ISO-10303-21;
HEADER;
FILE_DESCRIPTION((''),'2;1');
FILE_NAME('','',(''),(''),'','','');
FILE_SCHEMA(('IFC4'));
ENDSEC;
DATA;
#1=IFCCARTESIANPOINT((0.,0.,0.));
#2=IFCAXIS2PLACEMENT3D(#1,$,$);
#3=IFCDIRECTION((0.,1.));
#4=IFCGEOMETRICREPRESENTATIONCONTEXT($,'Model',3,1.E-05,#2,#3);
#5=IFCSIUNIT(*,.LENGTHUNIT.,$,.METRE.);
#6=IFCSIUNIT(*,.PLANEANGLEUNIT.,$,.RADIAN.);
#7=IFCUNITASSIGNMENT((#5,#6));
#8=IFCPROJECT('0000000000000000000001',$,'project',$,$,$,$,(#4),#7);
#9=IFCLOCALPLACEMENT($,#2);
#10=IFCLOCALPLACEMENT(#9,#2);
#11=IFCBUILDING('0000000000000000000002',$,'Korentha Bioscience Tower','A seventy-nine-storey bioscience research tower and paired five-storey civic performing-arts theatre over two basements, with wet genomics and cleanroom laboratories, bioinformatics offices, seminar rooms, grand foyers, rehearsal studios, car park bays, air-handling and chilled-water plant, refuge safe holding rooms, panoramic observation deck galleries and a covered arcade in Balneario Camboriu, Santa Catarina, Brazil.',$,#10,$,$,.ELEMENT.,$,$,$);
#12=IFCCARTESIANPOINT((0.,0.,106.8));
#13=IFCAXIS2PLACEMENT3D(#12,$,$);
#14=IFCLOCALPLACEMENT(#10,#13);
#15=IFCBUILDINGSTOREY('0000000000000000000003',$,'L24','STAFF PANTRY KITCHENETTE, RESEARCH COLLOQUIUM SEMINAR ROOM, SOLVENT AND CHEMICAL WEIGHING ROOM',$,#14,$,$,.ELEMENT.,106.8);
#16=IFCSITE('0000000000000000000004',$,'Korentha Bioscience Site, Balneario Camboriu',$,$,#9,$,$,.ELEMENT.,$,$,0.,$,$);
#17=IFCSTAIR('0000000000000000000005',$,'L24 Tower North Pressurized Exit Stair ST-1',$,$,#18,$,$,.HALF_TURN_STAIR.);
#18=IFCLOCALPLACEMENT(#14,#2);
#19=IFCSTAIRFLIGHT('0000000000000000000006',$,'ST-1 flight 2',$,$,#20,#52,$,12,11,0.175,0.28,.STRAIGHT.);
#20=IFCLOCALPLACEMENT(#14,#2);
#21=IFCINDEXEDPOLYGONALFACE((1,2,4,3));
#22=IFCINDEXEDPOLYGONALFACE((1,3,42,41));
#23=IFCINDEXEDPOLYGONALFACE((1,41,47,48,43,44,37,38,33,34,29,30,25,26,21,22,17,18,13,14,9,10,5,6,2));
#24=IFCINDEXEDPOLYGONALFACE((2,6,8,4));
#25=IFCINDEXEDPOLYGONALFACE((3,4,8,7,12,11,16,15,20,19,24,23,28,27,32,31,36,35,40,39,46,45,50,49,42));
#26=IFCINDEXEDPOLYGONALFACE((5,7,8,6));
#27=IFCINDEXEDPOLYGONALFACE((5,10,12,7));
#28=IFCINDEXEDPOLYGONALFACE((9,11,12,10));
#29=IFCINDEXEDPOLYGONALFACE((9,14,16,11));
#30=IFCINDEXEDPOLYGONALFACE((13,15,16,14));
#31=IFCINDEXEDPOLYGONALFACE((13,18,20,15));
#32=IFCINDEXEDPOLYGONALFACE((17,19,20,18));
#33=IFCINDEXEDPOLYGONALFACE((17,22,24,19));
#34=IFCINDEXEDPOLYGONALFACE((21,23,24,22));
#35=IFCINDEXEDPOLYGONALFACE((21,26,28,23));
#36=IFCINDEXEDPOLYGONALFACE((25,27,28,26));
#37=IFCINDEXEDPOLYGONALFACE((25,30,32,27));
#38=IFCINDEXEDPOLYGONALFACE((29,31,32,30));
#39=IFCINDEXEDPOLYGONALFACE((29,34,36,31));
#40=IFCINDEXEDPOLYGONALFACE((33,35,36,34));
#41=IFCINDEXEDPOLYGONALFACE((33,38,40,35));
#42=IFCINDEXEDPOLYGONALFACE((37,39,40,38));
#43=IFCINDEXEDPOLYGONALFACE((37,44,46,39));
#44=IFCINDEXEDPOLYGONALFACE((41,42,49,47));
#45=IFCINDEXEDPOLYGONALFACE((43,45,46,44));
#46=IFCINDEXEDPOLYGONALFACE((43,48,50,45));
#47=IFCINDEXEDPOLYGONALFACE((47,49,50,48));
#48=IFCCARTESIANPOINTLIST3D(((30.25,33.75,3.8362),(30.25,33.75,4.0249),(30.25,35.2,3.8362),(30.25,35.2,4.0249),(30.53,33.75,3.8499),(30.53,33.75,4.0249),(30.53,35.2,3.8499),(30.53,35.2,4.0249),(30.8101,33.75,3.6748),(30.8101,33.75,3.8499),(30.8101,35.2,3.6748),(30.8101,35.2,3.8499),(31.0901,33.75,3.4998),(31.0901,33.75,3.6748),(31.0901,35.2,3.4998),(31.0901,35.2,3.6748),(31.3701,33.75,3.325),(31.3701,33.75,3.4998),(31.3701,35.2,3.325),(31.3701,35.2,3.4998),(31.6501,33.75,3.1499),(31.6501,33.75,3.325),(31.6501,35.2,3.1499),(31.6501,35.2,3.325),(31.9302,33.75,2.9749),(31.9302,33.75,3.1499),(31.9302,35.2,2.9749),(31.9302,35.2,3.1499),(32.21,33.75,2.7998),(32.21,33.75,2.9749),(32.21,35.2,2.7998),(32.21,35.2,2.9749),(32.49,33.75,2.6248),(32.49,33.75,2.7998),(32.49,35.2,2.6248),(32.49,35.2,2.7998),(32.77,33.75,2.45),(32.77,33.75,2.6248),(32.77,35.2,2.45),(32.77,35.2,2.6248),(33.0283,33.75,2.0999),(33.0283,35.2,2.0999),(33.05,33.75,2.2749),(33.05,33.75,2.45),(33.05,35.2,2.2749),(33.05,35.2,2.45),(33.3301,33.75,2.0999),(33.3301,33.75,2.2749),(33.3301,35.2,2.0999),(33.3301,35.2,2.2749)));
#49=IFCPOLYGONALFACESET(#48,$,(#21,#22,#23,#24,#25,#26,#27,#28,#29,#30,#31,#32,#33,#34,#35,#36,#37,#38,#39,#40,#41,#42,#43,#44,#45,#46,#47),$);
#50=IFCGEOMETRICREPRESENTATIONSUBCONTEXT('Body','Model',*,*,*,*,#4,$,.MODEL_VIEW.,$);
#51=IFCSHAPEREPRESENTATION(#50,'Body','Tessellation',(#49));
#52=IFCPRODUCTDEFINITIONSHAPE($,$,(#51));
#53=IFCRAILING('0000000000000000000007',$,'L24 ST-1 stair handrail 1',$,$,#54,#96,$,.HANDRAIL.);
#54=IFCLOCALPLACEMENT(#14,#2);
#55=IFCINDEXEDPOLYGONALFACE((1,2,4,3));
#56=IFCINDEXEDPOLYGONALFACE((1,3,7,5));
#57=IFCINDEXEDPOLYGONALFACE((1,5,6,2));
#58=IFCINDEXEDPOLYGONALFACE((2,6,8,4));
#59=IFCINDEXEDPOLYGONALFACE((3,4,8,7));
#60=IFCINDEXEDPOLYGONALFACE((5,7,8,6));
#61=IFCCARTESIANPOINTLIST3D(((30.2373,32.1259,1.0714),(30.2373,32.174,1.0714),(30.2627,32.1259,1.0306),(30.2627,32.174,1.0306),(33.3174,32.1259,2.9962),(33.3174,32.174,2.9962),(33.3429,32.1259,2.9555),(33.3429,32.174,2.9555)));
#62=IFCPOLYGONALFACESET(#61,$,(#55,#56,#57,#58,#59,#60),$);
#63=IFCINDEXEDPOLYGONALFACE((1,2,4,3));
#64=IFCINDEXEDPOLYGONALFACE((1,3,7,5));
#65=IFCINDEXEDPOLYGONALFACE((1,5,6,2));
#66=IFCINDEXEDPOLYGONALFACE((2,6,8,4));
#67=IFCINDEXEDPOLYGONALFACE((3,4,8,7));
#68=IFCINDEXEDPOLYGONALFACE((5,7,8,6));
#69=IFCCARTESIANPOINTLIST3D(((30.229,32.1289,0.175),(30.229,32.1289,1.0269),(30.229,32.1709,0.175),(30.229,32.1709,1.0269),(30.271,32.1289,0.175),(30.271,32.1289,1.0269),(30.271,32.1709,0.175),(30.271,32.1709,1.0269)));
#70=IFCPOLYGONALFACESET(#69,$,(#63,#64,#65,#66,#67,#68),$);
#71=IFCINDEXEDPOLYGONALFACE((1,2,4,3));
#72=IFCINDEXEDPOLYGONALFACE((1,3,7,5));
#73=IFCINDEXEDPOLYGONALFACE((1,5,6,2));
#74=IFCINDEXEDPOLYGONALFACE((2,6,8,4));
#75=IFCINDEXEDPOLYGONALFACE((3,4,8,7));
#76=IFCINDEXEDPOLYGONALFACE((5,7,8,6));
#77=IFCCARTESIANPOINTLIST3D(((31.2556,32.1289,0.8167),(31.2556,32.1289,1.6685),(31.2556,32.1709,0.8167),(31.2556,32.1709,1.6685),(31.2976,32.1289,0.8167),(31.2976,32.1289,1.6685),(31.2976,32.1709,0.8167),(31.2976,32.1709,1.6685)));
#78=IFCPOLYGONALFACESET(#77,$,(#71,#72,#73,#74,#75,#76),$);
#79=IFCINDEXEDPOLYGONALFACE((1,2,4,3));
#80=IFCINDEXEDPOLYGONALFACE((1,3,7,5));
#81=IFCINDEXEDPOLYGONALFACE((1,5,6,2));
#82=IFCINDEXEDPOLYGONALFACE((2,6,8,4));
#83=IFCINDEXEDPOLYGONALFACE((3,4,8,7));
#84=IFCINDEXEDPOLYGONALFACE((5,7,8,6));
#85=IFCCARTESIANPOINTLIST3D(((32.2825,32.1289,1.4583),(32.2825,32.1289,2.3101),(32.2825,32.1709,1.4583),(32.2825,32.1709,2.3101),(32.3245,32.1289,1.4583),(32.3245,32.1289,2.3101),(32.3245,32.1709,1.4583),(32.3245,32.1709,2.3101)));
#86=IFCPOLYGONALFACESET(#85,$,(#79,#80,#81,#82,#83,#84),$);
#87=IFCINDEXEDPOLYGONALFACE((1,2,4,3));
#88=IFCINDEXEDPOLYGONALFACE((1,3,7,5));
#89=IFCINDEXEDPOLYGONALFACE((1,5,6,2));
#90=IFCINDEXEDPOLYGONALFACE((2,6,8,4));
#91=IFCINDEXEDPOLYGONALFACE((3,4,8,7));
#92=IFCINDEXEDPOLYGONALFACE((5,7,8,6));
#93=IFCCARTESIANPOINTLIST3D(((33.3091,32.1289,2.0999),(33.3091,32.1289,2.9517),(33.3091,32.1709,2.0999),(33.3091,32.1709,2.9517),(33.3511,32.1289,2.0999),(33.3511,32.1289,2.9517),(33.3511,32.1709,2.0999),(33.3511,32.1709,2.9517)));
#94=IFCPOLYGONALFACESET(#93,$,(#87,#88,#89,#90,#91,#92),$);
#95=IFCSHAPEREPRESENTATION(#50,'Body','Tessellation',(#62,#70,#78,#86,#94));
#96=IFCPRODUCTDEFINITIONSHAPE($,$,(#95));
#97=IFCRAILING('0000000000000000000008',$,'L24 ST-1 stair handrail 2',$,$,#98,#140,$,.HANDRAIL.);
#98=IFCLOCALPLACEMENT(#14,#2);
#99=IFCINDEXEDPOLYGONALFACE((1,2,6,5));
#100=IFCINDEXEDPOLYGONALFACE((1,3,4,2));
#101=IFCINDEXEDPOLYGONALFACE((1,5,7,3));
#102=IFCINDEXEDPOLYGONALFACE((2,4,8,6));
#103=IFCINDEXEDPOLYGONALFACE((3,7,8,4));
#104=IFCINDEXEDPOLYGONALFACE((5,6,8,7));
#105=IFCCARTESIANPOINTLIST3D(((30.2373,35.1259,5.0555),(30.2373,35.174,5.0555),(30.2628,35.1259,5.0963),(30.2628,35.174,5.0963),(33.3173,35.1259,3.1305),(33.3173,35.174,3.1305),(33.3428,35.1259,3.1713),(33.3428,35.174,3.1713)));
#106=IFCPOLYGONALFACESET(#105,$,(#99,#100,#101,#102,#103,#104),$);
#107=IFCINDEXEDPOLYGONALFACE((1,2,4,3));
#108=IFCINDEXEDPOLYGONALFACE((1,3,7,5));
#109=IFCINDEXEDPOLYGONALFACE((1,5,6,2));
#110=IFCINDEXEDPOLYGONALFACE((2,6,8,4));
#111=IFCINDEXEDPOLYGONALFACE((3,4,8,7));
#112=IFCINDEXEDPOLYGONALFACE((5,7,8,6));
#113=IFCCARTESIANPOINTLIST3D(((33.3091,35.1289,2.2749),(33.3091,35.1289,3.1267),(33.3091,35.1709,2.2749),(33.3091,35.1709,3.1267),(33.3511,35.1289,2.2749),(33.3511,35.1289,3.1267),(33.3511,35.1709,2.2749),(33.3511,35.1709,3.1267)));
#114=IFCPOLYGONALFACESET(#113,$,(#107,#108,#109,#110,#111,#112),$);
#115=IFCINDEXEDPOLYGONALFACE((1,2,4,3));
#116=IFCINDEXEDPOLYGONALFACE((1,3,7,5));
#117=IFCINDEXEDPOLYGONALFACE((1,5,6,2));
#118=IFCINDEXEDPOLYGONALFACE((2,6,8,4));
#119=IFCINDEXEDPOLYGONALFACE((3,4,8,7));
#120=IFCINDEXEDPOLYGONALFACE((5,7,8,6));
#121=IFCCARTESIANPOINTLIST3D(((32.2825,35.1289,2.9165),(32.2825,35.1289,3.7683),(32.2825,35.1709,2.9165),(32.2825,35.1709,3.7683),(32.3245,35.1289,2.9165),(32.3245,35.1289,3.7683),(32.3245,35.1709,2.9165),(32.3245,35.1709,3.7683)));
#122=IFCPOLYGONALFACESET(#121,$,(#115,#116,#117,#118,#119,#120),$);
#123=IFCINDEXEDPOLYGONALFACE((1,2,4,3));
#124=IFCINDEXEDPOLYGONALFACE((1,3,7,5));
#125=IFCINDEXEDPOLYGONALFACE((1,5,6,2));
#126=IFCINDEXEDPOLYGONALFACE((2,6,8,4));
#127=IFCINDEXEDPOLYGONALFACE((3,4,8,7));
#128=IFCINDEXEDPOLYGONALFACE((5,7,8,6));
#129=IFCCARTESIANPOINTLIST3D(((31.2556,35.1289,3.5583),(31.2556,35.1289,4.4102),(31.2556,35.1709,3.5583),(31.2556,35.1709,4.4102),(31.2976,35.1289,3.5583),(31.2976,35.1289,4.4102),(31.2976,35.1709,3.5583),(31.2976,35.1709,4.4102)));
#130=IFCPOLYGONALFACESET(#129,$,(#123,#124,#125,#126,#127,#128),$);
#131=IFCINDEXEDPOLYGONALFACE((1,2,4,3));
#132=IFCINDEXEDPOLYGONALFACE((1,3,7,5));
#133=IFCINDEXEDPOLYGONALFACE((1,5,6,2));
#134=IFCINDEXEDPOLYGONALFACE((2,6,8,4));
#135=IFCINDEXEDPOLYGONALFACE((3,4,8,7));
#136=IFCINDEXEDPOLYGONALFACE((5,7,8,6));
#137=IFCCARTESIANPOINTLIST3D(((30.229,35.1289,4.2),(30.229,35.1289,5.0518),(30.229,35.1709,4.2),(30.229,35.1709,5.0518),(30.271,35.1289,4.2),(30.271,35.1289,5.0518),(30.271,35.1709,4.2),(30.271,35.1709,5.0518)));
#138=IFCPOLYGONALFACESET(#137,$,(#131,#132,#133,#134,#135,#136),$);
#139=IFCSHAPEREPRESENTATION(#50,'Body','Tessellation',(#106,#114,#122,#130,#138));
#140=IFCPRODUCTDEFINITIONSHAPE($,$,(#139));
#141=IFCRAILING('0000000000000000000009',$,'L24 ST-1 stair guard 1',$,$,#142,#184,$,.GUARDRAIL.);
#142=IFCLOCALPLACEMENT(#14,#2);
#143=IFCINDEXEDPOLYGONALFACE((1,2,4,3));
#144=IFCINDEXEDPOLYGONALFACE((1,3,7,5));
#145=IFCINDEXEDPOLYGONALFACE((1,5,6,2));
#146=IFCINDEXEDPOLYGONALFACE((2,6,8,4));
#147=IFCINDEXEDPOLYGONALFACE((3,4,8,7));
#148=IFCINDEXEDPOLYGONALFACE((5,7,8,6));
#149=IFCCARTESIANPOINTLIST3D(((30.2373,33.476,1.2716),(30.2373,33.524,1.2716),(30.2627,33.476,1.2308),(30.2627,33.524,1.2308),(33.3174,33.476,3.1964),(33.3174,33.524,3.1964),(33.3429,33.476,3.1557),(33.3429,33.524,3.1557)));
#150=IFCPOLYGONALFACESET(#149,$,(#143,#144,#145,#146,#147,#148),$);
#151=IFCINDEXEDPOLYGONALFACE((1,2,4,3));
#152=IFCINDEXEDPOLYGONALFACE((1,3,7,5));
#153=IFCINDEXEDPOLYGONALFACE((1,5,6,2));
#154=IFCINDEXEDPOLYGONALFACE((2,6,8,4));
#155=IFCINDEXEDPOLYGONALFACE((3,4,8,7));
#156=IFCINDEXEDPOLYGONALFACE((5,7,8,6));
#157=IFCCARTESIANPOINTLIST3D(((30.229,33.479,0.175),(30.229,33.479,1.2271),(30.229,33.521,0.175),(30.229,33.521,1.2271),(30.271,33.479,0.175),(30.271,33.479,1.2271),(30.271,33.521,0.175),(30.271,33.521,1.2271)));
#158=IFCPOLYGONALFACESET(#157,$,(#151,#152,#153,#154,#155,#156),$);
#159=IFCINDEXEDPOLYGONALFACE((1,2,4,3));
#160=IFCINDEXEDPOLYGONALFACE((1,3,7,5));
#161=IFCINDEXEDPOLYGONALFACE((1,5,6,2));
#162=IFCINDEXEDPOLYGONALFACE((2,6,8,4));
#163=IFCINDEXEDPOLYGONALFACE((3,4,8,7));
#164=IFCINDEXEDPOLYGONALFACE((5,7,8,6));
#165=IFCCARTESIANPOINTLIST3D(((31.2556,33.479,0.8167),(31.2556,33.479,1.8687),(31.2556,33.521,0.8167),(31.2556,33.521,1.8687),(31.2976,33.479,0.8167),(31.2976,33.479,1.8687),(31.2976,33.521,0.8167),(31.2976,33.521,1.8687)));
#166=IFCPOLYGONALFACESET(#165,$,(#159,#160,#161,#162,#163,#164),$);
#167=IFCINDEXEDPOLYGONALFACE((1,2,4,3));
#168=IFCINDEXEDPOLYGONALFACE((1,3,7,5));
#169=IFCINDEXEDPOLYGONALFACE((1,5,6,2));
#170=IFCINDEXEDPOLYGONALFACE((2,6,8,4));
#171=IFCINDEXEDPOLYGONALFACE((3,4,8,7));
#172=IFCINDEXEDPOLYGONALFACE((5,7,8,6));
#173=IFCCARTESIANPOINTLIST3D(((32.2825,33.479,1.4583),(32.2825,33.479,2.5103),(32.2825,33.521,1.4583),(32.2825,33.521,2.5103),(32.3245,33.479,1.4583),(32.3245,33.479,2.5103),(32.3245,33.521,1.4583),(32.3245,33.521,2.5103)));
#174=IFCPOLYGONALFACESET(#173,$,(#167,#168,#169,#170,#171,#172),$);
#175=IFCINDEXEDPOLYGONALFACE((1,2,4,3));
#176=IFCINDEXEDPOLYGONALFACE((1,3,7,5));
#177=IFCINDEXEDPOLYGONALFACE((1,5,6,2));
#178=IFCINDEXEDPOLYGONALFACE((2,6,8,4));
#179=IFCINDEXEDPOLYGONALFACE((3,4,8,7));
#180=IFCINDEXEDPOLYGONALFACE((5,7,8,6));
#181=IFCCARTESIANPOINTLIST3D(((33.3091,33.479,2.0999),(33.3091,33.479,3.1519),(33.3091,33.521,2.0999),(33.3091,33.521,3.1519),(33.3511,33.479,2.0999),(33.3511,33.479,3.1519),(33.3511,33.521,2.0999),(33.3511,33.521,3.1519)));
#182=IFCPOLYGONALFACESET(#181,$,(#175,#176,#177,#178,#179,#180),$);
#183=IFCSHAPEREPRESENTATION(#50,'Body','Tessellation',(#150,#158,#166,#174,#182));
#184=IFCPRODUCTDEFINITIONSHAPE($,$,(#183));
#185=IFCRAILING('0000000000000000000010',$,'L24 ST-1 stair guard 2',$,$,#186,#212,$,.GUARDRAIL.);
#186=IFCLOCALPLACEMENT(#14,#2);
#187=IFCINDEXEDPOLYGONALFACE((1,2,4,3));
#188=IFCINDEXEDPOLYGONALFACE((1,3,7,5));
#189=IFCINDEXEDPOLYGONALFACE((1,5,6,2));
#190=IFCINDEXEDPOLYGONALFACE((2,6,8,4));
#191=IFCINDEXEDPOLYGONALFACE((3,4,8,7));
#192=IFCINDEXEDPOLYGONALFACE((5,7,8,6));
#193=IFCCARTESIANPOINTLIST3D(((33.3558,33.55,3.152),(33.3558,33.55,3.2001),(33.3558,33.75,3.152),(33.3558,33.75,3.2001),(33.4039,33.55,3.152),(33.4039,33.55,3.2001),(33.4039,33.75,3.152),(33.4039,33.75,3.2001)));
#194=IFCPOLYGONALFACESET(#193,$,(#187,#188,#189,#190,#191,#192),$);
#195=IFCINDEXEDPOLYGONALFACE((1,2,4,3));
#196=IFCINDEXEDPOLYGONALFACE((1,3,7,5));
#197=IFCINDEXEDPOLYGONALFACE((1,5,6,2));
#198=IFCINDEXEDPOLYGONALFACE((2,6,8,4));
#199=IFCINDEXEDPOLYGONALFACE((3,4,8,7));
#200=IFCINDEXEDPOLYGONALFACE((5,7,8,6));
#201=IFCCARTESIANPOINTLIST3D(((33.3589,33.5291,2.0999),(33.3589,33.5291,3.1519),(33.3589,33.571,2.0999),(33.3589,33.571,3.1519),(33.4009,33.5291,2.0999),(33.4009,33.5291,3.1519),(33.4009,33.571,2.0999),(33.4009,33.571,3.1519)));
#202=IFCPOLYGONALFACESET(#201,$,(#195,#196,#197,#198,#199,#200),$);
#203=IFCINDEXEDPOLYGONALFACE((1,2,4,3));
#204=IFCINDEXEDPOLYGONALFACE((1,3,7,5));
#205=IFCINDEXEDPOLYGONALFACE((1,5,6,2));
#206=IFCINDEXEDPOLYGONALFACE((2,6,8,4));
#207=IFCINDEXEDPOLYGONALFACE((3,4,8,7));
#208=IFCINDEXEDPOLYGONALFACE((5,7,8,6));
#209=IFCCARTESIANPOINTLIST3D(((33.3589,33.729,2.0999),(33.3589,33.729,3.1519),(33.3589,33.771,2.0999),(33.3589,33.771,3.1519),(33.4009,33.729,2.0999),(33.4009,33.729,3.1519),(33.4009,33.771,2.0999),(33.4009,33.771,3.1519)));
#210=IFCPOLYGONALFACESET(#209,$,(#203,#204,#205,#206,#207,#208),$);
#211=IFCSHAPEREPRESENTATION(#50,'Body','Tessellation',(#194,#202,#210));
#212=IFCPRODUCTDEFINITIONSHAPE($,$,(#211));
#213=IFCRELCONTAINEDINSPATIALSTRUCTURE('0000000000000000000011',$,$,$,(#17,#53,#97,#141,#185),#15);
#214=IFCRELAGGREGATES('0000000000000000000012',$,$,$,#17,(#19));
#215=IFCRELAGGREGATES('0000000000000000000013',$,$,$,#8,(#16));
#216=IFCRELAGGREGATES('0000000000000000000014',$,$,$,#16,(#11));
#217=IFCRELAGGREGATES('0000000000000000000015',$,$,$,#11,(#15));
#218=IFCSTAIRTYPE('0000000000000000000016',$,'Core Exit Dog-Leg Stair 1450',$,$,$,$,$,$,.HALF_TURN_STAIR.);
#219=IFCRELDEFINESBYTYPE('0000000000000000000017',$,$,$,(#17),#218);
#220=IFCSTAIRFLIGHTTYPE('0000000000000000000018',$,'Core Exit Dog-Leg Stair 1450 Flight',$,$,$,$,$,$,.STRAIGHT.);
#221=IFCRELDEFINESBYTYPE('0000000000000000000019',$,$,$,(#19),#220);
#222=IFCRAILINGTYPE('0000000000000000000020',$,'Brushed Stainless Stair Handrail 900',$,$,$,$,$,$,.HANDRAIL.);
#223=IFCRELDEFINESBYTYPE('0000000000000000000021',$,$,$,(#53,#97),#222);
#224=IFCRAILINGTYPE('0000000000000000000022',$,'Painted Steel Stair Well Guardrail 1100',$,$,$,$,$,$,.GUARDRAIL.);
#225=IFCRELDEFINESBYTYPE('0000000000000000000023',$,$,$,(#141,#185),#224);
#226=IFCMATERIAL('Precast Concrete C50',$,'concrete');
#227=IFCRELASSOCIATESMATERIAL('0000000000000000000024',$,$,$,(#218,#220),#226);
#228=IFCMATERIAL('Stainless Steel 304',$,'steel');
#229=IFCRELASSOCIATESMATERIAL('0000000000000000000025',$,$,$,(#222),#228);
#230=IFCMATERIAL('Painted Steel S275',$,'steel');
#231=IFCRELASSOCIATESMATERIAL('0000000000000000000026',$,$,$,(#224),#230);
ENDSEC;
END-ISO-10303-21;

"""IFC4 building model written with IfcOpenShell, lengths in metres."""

from ifc_helpers import new_model, si_unit, direction, frame, origin, origin_2d, place, context, subcontext, project, spatial, polyline, rectangle, outline, extrude, material, type_object, element, aggregate, save


model = new_model("IFC4")

# Units and contexts
model_context = context("Model", 3, precision=1e-05, world=origin(), true_north=direction((0.0, 1.0)))
body_context = subcontext(model_context, "Body", "Model", "MODEL_VIEW")
ifc_project = project(units=[si_unit("LENGTHUNIT", "METRE"), si_unit("PLANEANGLEUNIT", "RADIAN")], contexts=[model_context])

# Site, building, storey
site_placement = place(None, origin())
site = spatial("IfcSite", under=ifc_project, at=site_placement, Name="Korentha Bioscience Site, Balneario Camboriu", CompositionType="ELEMENT", RefElevation=0.0)
building_placement = place(site_placement, origin())
building = spatial("IfcBuilding", under=site, at=building_placement, Name="Korentha Bioscience Tower", Description="A seventy-nine-storey bioscience research tower and paired five-storey civic performing-arts theatre over two basements, with wet genomics and cleanroom laboratories, bioinformatics offices, seminar rooms, grand foyers, rehearsal studios, car park bays, air-handling and chilled-water plant, refuge safe holding rooms, panoramic observation deck galleries and a covered arcade in Balneario Camboriu, Santa Catarina, Brazil.", CompositionType="ELEMENT")
storey_placement = place(building_placement, frame((0.0, 0.0, 106.8)))
storey = spatial("IfcBuildingStorey", under=building, at=storey_placement, Name="L24", Description="STAFF PANTRY KITCHENETTE, RESEARCH COLLOQUIUM SEMINAR ROOM, SOLVENT AND CHEMICAL WEIGHING ROOM", CompositionType="ELEMENT", Elevation=106.8)

# Stair, stair flight
ifc_material_1 = material(Name="Precast Concrete C50", Category="concrete")
stair_type = type_object("IfcStairType", Name="Core Exit Dog-Leg Stair 1450", PredefinedType="HALF_TURN_STAIR", material=ifc_material_1)
stair_placement = place(storey_placement, origin())
stair = element("IfcStair", 1, at=stair_placement, inside=storey, type_object=stair_type, Name="L24 Tower North Pressurized Exit Stair ST-1", PredefinedType="HALF_TURN_STAIR")
stair_flight_type = type_object("IfcStairFlightType", Name="Core Exit Dog-Leg Stair 1450 Flight", PredefinedType="STRAIGHT", material=ifc_material_1)
stair_flight_1_placement = place(storey_placement, frame((33.3301, 34.4751, 2.0999), z_axis=(0.0, 0.0, 1.0), x_axis=(-1.0, 0.0, 0.0)))
stair_flight_1 = element("IfcStairFlight", 2, at=stair_flight_1_placement, type_object=stair_flight_type, Name="ST-1 flight 2", NumberOfRisers=12, NumberOfTreads=11, PredefinedType="STRAIGHT", RiserHeight=0.175, TreadLength=0.28, context=body_context, shape_type="SweptSolid", body=[
    extrude(outline(polyline([(0.0, 0.0), (0.0, 0.175), (0.28, 0.175), (0.28, 0.3501), (0.5601, 0.3501), (0.5601, 0.5249), (0.8401, 0.5249), (0.8401, 0.7), (1.1201, 0.7), (1.1201, 0.875), (1.3999, 0.875), (1.3999, 1.05), (1.6799, 1.05), (1.6799, 1.2251), (1.96, 1.2251), (1.96, 1.3999), (2.24, 1.3999), (2.24, 1.575), (2.52, 1.575), (2.52, 1.75), (2.8, 1.75), (2.8, 1.925), (3.0801, 1.925), (3.0801, 2.1001), (3.0801, 1.7363), (0.3018, 0.0), (0.0, 0.0)])), frame((0.0, 0.7251, 0.0), z_axis=(0.0, -1.0, 0.0), x_axis=(1.0, 0.0, 0.0)), (0.0, 0.0, 1.0), 1.45),
])
aggregate(stair, [stair_flight_1])

# Railings
ifc_material_2 = material(Name="Stainless Steel 304", Category="steel")
railing_type_1 = type_object("IfcRailingType", Name="Brushed Stainless Stair Handrail 900", PredefinedType="HANDRAIL", material=ifc_material_2)
railing_1_placement = place(storey_placement, frame((30.25, 32.1499, 0.175)))
element("IfcRailing", 3, at=railing_1_placement, inside=storey, type_object=railing_type_1, Name="L24 ST-1 stair handrail 1", PredefinedType="HANDRAIL", context=body_context, shape_type="SweptSolid", body=[
    extrude(rectangle(XDim=0.0481, YDim=0.0481, at=origin_2d()), frame((0.0, 0.0, 0.876), z_axis=(0.848029, 0.0, 0.529951), x_axis=(0.0, 1.0, 0.0)), (0.0, 0.0, 1.0), 3.6321),
    extrude(rectangle(XDim=0.042, YDim=0.042, at=origin_2d()), origin(), (0.0, 0.0, 1.0), 0.8518),
    extrude(rectangle(XDim=0.042, YDim=0.042, at=origin_2d()), frame((1.0266, 0.0, 0.6416)), (0.0, 0.0, 1.0), 0.8518),
    extrude(rectangle(XDim=0.042, YDim=0.042, at=origin_2d()), frame((2.0535, 0.0, 1.2832)), (0.0, 0.0, 1.0), 0.8518),
    extrude(rectangle(XDim=0.042, YDim=0.042, at=origin_2d()), frame((3.0801, 0.0, 1.9248)), (0.0, 0.0, 1.0), 0.8518),
])
railing_2_placement = place(storey_placement, frame((33.3301, 35.1499, 2.2749)))
element("IfcRailing", 4, at=railing_2_placement, inside=storey, type_object=railing_type_1, Name="L24 ST-1 stair handrail 2", PredefinedType="HANDRAIL", context=body_context, shape_type="SweptSolid", body=[
    extrude(rectangle(XDim=0.0481, YDim=0.0481, at=origin_2d()), frame((0.0, 0.0, 0.876), z_axis=(-0.847998, 0.0, 0.529999), x_axis=(0.0, -1.0, 0.0)), (0.0, 0.0, 1.0), 3.6321),
    extrude(rectangle(XDim=0.042, YDim=0.042, at=origin_2d()), origin(), (0.0, 0.0, 1.0), 0.8518),
    extrude(rectangle(XDim=0.042, YDim=0.042, at=origin_2d()), frame((-1.0266, 0.0, 0.6416)), (0.0, 0.0, 1.0), 0.8518),
    extrude(rectangle(XDim=0.042, YDim=0.042, at=origin_2d()), frame((-2.0535, 0.0, 1.2834)), (0.0, 0.0, 1.0), 0.8518),
    extrude(rectangle(XDim=0.042, YDim=0.042, at=origin_2d()), frame((-3.0801, 0.0, 1.925)), (0.0, 0.0, 1.0), 0.8518),
])
ifc_material_3 = material(Name="Painted Steel S275", Category="steel")
railing_type_2 = type_object("IfcRailingType", Name="Painted Steel Stair Well Guardrail 1100", PredefinedType="GUARDRAIL", material=ifc_material_3)
railing_3_placement = place(storey_placement, frame((30.25, 33.5, 0.175)))
element("IfcRailing", 5, at=railing_3_placement, inside=storey, type_object=railing_type_2, Name="L24 ST-1 stair guard 1", PredefinedType="GUARDRAIL", context=body_context, shape_type="SweptSolid", body=[
    extrude(rectangle(XDim=0.0481, YDim=0.0481, at=origin_2d()), frame((0.0, 0.0, 1.0762), z_axis=(0.848029, 0.0, 0.529951), x_axis=(0.0, 1.0, 0.0)), (0.0, 0.0, 1.0), 3.6321),
    extrude(rectangle(XDim=0.042, YDim=0.042, at=origin_2d()), origin(), (0.0, 0.0, 1.0), 1.052),
    extrude(rectangle(XDim=0.042, YDim=0.042, at=origin_2d()), frame((1.0266, 0.0, 0.6416)), (0.0, 0.0, 1.0), 1.052),
    extrude(rectangle(XDim=0.042, YDim=0.042, at=origin_2d()), frame((2.0535, 0.0, 1.2832)), (0.0, 0.0, 1.0), 1.052),
    extrude(rectangle(XDim=0.042, YDim=0.042, at=origin_2d()), frame((3.0801, 0.0, 1.9248)), (0.0, 0.0, 1.0), 1.052),
])
railing_4_placement = place(storey_placement, frame((33.3799, 33.55, 2.0999)))
element("IfcRailing", 6, at=railing_4_placement, inside=storey, type_object=railing_type_2, Name="L24 ST-1 stair guard 2", PredefinedType="GUARDRAIL", context=body_context, shape_type="SweptSolid", body=[
    extrude(rectangle(XDim=0.0481, YDim=0.0481, at=origin_2d()), frame((0.0, 0.0, 1.0762), z_axis=(0.0, 1.0, 0.0), x_axis=(-1.0, 0.0, 0.0)), (0.0, 0.0, 1.0), 0.2),
    extrude(rectangle(XDim=0.042, YDim=0.042, at=origin_2d()), origin(), (0.0, 0.0, 1.0), 1.052),
    extrude(rectangle(XDim=0.042, YDim=0.042, at=origin_2d()), frame((0.0, 0.2, 0.0)), (0.0, 0.0, 1.0), 1.052),
])

save(model, "model.ifc")
